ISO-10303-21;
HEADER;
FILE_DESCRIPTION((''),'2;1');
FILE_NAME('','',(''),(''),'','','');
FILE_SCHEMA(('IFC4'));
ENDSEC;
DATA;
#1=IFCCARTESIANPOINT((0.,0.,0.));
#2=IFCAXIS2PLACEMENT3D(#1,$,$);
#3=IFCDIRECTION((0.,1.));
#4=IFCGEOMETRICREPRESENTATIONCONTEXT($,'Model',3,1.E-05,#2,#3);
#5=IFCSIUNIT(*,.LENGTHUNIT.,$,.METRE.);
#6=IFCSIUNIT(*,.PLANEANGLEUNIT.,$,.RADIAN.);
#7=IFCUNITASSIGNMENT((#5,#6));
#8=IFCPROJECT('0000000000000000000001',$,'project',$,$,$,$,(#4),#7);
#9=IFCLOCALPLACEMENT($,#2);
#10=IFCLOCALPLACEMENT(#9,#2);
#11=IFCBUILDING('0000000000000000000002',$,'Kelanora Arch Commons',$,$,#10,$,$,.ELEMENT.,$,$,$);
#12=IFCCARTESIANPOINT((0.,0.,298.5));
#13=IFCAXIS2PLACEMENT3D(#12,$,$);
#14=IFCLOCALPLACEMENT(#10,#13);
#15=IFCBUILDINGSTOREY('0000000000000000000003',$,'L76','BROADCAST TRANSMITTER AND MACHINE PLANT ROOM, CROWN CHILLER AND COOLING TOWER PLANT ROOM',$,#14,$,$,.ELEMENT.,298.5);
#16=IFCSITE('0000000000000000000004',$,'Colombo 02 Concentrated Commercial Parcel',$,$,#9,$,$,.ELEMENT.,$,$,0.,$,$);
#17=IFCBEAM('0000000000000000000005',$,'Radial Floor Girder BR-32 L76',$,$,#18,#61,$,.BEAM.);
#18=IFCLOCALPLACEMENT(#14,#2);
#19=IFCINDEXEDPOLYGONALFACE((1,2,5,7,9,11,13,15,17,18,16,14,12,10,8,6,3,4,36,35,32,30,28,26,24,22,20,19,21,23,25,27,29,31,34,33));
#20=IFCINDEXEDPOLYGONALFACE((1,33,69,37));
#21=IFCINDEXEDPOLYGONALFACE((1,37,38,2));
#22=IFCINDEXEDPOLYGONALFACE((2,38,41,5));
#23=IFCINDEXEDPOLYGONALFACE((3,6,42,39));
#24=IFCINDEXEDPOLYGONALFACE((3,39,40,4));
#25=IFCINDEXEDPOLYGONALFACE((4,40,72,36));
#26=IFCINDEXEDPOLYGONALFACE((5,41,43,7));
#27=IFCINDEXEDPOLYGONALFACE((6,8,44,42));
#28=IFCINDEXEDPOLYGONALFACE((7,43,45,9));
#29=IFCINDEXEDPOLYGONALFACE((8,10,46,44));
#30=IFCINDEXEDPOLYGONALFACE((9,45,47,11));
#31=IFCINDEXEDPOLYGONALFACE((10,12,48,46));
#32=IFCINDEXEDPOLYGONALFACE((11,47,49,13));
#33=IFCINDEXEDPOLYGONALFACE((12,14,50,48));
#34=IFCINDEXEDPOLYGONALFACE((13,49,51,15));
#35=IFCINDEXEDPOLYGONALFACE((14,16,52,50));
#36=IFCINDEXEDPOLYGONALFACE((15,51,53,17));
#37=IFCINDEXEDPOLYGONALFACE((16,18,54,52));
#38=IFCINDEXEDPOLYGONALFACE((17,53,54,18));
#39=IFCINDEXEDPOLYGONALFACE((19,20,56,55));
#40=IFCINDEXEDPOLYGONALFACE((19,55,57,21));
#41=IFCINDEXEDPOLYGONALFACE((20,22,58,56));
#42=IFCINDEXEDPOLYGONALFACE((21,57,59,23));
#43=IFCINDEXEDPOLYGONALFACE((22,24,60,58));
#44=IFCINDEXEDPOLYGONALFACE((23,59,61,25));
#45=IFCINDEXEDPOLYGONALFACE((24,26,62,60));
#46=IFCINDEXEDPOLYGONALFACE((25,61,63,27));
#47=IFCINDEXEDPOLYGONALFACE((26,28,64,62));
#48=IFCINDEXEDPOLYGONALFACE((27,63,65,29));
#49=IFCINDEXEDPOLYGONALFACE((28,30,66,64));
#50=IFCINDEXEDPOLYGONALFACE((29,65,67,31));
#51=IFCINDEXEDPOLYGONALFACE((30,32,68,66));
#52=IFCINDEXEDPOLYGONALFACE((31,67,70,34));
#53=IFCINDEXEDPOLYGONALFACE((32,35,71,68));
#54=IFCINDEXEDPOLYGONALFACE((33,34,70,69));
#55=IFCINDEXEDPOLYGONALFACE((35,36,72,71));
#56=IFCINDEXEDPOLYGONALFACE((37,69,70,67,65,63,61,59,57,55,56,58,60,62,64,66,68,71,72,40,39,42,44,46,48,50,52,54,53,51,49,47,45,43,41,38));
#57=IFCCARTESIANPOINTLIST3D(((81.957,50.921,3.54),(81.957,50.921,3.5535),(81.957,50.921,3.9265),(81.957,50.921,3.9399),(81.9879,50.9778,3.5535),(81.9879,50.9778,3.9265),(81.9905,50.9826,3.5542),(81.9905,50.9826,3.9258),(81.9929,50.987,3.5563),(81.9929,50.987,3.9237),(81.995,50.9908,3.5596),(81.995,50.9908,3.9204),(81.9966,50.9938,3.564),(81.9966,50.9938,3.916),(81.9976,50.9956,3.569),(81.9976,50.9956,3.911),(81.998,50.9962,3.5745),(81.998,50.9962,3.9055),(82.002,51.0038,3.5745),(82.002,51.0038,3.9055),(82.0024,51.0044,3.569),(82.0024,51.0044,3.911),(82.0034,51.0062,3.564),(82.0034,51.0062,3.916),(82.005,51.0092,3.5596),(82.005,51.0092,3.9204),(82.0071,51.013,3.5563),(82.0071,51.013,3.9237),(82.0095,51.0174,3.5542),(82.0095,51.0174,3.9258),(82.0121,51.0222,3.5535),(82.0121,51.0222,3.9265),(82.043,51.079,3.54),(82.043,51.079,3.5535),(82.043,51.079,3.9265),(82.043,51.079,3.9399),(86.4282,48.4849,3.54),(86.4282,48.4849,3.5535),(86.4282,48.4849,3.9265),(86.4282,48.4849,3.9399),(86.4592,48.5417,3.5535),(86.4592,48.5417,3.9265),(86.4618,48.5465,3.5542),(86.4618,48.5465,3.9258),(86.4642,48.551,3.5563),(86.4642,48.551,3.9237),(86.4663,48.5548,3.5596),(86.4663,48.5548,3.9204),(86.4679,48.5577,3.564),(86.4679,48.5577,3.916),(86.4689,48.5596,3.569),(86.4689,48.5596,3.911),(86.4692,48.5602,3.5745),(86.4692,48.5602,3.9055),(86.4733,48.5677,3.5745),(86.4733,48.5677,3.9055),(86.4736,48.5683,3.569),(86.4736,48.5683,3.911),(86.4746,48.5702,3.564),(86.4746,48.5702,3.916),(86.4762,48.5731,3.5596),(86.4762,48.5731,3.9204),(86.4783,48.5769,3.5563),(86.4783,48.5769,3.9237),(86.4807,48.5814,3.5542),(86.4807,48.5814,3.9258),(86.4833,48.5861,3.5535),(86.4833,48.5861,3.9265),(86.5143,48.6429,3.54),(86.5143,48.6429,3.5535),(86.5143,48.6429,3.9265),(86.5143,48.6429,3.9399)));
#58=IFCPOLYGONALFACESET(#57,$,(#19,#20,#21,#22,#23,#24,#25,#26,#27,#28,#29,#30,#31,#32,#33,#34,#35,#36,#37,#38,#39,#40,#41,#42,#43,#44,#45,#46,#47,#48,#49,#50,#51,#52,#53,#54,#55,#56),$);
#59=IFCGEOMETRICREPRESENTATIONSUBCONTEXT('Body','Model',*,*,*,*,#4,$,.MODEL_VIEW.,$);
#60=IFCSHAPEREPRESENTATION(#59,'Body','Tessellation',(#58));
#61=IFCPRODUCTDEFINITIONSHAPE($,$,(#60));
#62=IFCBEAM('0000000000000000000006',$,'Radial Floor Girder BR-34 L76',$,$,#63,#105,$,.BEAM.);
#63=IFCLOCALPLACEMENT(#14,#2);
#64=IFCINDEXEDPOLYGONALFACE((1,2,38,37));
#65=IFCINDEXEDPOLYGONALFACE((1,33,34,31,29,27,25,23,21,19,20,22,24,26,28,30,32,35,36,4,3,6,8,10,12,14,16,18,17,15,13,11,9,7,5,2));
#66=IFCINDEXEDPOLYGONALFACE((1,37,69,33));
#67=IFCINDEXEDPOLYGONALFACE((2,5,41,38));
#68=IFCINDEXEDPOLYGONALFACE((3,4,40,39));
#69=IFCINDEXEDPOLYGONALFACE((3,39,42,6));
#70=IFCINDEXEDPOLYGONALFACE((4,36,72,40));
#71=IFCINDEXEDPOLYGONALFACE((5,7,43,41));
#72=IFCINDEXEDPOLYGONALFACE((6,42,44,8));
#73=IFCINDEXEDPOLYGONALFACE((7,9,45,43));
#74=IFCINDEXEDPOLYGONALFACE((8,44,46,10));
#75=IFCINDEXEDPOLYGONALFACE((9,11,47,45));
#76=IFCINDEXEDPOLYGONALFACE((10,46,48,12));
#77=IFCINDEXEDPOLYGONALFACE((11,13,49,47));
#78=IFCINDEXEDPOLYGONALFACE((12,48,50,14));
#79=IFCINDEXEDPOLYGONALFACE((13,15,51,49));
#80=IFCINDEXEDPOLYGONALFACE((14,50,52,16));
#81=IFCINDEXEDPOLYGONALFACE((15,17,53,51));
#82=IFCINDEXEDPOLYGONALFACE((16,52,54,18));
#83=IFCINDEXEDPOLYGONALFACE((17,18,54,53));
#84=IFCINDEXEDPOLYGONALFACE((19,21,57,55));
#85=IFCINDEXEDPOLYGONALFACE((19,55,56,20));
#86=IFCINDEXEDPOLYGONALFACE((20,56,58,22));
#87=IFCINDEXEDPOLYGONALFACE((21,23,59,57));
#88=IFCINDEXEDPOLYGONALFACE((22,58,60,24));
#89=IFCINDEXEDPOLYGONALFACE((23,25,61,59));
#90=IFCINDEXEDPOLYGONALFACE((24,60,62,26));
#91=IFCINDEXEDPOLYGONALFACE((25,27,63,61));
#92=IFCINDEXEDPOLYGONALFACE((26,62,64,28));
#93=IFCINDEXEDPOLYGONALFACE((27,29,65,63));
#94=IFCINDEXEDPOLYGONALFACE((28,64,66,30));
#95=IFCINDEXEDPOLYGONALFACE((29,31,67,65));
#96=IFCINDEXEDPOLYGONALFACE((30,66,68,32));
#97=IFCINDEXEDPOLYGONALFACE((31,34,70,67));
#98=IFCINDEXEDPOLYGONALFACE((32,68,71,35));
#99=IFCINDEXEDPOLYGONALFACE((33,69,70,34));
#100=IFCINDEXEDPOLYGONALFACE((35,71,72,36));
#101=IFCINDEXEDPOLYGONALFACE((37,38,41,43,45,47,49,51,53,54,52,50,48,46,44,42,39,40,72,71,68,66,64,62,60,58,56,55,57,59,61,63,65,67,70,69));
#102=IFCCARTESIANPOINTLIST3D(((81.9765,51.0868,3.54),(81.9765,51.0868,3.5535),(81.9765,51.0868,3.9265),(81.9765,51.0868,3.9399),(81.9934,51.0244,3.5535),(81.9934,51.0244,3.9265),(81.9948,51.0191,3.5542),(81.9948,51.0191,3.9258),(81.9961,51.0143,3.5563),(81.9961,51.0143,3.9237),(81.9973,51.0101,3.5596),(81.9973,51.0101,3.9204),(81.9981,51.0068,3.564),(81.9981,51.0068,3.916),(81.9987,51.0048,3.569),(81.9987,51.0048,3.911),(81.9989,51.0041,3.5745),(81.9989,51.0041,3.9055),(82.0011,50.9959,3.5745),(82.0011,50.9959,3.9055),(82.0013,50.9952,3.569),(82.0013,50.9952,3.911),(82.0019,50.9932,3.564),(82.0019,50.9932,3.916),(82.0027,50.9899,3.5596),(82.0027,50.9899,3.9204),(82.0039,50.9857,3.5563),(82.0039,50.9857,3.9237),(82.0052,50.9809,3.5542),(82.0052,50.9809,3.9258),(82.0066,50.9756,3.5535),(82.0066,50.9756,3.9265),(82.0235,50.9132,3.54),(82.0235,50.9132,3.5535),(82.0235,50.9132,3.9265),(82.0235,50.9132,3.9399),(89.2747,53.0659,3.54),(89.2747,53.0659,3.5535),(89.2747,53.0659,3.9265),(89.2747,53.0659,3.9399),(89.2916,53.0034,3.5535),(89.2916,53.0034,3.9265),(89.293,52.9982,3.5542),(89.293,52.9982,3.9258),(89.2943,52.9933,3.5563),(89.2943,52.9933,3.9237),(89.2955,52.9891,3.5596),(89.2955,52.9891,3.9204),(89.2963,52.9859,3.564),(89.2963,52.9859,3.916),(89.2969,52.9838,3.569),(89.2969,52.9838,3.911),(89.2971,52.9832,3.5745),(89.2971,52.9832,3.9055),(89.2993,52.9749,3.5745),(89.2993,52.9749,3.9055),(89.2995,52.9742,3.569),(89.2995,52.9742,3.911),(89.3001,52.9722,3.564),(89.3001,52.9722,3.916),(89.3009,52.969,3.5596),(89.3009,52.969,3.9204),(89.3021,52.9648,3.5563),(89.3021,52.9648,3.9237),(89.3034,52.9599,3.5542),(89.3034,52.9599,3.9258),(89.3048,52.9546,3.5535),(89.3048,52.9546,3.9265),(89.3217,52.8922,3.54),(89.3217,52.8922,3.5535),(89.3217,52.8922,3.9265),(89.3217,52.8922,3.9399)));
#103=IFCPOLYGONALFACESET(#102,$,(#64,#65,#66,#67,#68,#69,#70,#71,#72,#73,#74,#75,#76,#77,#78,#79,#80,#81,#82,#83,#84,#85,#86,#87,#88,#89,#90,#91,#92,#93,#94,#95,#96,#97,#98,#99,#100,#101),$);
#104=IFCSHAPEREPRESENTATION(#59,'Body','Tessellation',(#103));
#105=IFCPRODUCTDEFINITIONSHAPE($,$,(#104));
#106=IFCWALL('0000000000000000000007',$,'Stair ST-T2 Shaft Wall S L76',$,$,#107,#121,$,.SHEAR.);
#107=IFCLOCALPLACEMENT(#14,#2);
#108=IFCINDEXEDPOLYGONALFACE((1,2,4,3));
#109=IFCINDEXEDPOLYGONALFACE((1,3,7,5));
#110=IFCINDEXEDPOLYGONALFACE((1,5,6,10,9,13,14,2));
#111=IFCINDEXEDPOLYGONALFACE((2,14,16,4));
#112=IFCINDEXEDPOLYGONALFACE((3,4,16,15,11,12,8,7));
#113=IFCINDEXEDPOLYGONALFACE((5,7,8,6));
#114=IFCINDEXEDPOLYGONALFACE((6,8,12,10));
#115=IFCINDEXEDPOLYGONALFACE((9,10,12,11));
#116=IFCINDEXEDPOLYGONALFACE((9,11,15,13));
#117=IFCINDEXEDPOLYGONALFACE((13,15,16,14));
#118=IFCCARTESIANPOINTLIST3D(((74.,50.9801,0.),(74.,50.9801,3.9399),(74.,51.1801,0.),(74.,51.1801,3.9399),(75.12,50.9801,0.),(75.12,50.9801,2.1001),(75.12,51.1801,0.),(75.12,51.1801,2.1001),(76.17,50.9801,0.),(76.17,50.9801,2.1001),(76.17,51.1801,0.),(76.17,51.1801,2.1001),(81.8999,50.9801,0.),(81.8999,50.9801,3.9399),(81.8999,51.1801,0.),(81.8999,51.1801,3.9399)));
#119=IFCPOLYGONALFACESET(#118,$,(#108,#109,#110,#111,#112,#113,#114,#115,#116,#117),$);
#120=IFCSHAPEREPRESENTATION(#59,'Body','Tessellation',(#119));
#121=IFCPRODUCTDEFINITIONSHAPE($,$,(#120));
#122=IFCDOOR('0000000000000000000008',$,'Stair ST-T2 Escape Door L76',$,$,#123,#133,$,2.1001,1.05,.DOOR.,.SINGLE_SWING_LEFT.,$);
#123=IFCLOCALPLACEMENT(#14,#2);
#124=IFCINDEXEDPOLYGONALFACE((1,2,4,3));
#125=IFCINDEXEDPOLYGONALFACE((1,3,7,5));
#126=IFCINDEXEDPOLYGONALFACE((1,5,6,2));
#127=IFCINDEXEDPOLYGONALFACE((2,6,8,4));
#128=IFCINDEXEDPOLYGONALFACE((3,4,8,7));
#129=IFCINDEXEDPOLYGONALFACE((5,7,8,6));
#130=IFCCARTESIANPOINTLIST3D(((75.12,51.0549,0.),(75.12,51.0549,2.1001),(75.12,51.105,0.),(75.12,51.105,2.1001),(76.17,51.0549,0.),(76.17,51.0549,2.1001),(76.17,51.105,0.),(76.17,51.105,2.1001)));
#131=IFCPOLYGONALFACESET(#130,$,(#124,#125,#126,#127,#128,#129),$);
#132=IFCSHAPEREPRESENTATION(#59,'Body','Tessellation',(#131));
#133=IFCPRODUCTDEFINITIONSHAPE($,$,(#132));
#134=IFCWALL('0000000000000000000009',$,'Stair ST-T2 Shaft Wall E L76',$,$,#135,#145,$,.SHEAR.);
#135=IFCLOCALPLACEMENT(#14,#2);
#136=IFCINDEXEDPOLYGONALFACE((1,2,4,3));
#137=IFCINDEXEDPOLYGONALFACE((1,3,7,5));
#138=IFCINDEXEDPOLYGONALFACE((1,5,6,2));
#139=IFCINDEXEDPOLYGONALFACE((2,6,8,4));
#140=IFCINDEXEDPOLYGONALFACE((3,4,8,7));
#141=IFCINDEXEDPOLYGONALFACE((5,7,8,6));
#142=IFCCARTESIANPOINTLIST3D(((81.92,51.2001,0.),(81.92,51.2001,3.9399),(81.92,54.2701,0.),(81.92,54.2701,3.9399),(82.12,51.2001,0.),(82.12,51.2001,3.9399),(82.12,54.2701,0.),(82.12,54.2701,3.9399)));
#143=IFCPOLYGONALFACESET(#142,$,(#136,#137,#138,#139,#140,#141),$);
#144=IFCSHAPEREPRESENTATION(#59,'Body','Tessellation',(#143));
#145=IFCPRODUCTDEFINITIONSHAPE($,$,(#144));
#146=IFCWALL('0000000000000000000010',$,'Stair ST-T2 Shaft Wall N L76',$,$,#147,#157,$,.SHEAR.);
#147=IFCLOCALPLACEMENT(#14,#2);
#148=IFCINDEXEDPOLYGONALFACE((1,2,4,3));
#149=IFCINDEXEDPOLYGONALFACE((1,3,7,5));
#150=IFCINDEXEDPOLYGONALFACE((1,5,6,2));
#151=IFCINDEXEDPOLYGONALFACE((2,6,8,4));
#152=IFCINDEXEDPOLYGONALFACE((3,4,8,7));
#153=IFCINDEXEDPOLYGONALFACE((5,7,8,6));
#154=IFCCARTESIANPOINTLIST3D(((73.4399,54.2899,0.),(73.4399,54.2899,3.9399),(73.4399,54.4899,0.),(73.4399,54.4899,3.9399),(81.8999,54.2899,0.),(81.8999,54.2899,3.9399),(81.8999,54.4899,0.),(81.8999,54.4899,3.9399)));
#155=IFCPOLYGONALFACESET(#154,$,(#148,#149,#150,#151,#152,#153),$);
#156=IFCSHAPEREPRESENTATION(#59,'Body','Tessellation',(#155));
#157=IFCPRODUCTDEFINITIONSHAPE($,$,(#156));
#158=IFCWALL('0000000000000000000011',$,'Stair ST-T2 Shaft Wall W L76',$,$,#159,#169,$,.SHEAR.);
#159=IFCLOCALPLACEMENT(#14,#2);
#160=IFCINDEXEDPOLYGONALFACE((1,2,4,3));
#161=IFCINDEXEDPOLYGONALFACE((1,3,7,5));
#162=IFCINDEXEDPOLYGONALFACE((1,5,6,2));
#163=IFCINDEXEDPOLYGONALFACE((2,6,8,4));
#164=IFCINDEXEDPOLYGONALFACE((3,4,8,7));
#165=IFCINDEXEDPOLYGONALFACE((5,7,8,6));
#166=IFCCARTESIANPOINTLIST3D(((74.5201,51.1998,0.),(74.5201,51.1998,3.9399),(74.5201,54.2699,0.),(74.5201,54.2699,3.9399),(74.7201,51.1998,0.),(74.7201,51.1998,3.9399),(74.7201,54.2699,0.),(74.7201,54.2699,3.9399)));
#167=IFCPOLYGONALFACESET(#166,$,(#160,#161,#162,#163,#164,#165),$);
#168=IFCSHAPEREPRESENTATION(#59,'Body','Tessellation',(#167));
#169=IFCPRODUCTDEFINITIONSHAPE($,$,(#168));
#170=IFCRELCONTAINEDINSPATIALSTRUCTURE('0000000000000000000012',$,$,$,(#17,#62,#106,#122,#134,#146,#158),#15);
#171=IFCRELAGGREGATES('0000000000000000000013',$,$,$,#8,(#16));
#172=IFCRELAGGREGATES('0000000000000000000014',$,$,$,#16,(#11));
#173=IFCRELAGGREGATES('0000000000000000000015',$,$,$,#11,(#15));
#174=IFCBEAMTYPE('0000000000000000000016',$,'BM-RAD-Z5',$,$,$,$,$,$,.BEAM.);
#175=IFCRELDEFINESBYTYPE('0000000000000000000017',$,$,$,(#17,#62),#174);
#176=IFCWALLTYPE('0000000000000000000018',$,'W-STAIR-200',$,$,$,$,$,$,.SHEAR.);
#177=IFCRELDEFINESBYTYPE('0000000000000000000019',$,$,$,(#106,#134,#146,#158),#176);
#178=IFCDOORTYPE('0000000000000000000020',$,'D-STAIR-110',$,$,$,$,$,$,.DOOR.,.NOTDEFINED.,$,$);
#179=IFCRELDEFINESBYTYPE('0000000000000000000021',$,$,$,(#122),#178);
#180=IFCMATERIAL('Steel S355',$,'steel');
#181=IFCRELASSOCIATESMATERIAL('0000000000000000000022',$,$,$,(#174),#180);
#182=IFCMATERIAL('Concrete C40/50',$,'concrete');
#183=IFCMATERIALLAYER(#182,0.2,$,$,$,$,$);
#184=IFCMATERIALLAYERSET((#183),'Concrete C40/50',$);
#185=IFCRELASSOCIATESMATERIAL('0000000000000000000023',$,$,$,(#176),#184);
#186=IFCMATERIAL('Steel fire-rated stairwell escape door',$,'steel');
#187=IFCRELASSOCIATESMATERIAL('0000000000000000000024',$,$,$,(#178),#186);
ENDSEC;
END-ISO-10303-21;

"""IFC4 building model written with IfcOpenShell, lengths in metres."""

from ifc_helpers import new_model, si_unit, direction, frame, frame_2d, origin, origin_2d, place, context, subcontext, project, spatial, rectangle, i_section, extrude, material, layer, layer_set, material_profile, profile_set, type_object, element, fill, save


model = new_model("IFC4")

# Units and contexts
model_context = context("Model", 3, precision=1e-05, world=origin(), true_north=direction((0.0, 1.0)))
body_context = subcontext(model_context, "Body", "Model", "MODEL_VIEW")
ifc_project = project(units=[si_unit("LENGTHUNIT", "METRE"), si_unit("PLANEANGLEUNIT", "RADIAN")], contexts=[model_context])

# Site, building, storey
site_placement = place(None, origin())
site = spatial("IfcSite", under=ifc_project, at=site_placement, Name="Colombo 02 Concentrated Commercial Parcel", CompositionType="ELEMENT", RefElevation=0.0)
building_placement = place(site_placement, origin())
building = spatial("IfcBuilding", under=site, at=building_placement, Name="Kelanora Arch Commons", CompositionType="ELEMENT")
storey_placement = place(building_placement, frame((0.0, 0.0, 298.5)))
storey = spatial("IfcBuildingStorey", under=building, at=storey_placement, Name="L76", Description="BROADCAST TRANSMITTER AND MACHINE PLANT ROOM, CROWN CHILLER AND COOLING TOWER PLANT ROOM", CompositionType="ELEMENT", Elevation=298.5)

# Beams
ifc_material_1 = material(Name="Steel S355", Category="steel")
ifc_material_profile_1 = material_profile(ifc_material_1, i_section(OverallWidth=0.1799, OverallDepth=0.3999, WebThickness=0.0085, FlangeThickness=0.0134, FilletRadius=0.021, at=origin_2d()), Name="IPE400")
ifc_profile_set_1 = profile_set([ifc_material_profile_1], Name="Steel S355")
beam_type_1 = type_object("IfcBeamType", Name="BM-RAD-Z5", PredefinedType="BEAM", material=ifc_profile_set_1)
beam_1_placement = place(storey_placement, frame((82.0, 51.0, 3.74), z_axis=(0.878126, -0.478429, 0.0), x_axis=(0.478429, 0.878126, 0.0)))
element("IfcBeam", 1, at=beam_1_placement, inside=storey, type_object=beam_type_1, Name="Radial Floor Girder BR-32 L76", PredefinedType="BEAM", context=body_context, shape_type="SweptSolid", body=[
    extrude(i_section(OverallWidth=0.1799, OverallDepth=0.3999, WebThickness=0.0085, FlangeThickness=0.0134, FilletRadius=0.021, at=origin_2d()), origin(), (0.0, 0.0, 1.0), 5.0918),
])
beam_2_placement = place(storey_placement, frame((82.0, 51.0, 3.74), z_axis=(0.965145, 0.261716, 0.0), x_axis=(-0.261716, 0.965145, 0.0)))
element("IfcBeam", 2, at=beam_2_placement, inside=storey, type_object=beam_type_1, Name="Radial Floor Girder BR-34 L76", PredefinedType="BEAM", context=body_context, shape_type="SweptSolid", body=[
    extrude(i_section(OverallWidth=0.1799, OverallDepth=0.3999, WebThickness=0.0085, FlangeThickness=0.0134, FilletRadius=0.021, at=origin_2d()), origin(), (0.0, 0.0, 1.0), 7.5618),
])

# Wall, opening, door
ifc_material_2 = material(Name="Concrete C40/50", Category="concrete")
ifc_layer = layer(ifc_material_2, 0.2)
ifc_layer_set = layer_set([ifc_layer], Name="Concrete C40/50")
wall_type = type_object("IfcWallType", Name="W-STAIR-200", PredefinedType="SHEAR", material=ifc_layer_set)
wall_1_placement = place(storey_placement, frame((74.0, 51.0801, 0.0), z_axis=(0.0, 0.0, 1.0), x_axis=(1.0, 0.0, 0.0)))
wall_1 = element("IfcWall", 3, at=wall_1_placement, inside=storey, type_object=wall_type, Name="Stair ST-T2 Shaft Wall S L76", PredefinedType="SHEAR", context=body_context, shape_type="SweptSolid", body=[
    extrude(rectangle(XDim=7.8999, YDim=0.2, at=frame_2d((3.95, 0.0))), origin(), (0.0, 0.0, 1.0), 3.9399),
])
opening_placement = place(wall_1_placement, frame((1.1201, 0.0, 0.0)))
opening = element("IfcOpeningElement", 4, at=opening_placement, cuts=wall_1, PredefinedType="OPENING", context=body_context, shape_type="SweptSolid", body=[
    extrude(rectangle(XDim=1.05, YDim=2.1001, at=frame_2d((0.5249, 1.05))), frame((0.0, 0.1099, 0.0), z_axis=(0.0, -1.0, 0.0), x_axis=(1.0, 0.0, 0.0)), (0.0, 0.0, 1.0), 0.22),
])
ifc_material_3 = material(Name="Steel fire-rated stairwell escape door", Category="steel")
door_type = type_object("IfcDoorType", Name="D-STAIR-110", OperationType="NOTDEFINED", PredefinedType="DOOR", material=ifc_material_3)
door_placement = place(opening_placement, origin())
door = element("IfcDoor", 5, at=door_placement, inside=storey, type_object=door_type, Name="Stair ST-T2 Escape Door L76", OperationType="SINGLE_SWING_LEFT", OverallHeight=2.1001, OverallWidth=1.05, PredefinedType="DOOR", context=body_context, shape_type="SweptSolid", body=[
    extrude(rectangle(XDim=1.05, YDim=2.1001, at=frame_2d((0.5249, 1.05))), frame((0.0, 0.0249, 0.0), z_axis=(0.0, -1.0, 0.0), x_axis=(1.0, 0.0, 0.0)), (0.0, 0.0, 1.0), 0.05),
])
fill(opening, door)

# Walls
wall_2_placement = place(storey_placement, frame((82.02, 51.2, 0.0), z_axis=(0.0, 0.0, 1.0), x_axis=(0.0, 1.0, 0.0)))
element("IfcWall", 6, at=wall_2_placement, inside=storey, type_object=wall_type, Name="Stair ST-T2 Shaft Wall E L76", PredefinedType="SHEAR", context=body_context, shape_type="SweptSolid", body=[
    extrude(rectangle(XDim=3.0701, YDim=0.2, at=frame_2d((1.5352, 0.0))), origin(), (0.0, 0.0, 1.0), 3.9399),
])
wall_3_placement = place(storey_placement, frame((81.8999, 54.3899, 0.0), z_axis=(0.0, 0.0, 1.0), x_axis=(-1.0, 0.0, 0.0)))
element("IfcWall", 7, at=wall_3_placement, inside=storey, type_object=wall_type, Name="Stair ST-T2 Shaft Wall N L76", PredefinedType="SHEAR", context=body_context, shape_type="SweptSolid", body=[
    extrude(rectangle(XDim=8.46, YDim=0.2, at=frame_2d((4.23, 0.0))), origin(), (0.0, 0.0, 1.0), 3.9399),
])
wall_4_placement = place(storey_placement, frame((74.6201, 54.27, 0.0), z_axis=(0.0, 0.0, 1.0), x_axis=(0.0, -1.0, 0.0)))
element("IfcWall", 8, at=wall_4_placement, inside=storey, type_object=wall_type, Name="Stair ST-T2 Shaft Wall W L76", PredefinedType="SHEAR", context=body_context, shape_type="SweptSolid", body=[
    extrude(rectangle(XDim=3.0701, YDim=0.2, at=frame_2d((1.5352, 0.0))), origin(), (0.0, 0.0, 1.0), 3.9399),
])

save(model, "model.ifc")
